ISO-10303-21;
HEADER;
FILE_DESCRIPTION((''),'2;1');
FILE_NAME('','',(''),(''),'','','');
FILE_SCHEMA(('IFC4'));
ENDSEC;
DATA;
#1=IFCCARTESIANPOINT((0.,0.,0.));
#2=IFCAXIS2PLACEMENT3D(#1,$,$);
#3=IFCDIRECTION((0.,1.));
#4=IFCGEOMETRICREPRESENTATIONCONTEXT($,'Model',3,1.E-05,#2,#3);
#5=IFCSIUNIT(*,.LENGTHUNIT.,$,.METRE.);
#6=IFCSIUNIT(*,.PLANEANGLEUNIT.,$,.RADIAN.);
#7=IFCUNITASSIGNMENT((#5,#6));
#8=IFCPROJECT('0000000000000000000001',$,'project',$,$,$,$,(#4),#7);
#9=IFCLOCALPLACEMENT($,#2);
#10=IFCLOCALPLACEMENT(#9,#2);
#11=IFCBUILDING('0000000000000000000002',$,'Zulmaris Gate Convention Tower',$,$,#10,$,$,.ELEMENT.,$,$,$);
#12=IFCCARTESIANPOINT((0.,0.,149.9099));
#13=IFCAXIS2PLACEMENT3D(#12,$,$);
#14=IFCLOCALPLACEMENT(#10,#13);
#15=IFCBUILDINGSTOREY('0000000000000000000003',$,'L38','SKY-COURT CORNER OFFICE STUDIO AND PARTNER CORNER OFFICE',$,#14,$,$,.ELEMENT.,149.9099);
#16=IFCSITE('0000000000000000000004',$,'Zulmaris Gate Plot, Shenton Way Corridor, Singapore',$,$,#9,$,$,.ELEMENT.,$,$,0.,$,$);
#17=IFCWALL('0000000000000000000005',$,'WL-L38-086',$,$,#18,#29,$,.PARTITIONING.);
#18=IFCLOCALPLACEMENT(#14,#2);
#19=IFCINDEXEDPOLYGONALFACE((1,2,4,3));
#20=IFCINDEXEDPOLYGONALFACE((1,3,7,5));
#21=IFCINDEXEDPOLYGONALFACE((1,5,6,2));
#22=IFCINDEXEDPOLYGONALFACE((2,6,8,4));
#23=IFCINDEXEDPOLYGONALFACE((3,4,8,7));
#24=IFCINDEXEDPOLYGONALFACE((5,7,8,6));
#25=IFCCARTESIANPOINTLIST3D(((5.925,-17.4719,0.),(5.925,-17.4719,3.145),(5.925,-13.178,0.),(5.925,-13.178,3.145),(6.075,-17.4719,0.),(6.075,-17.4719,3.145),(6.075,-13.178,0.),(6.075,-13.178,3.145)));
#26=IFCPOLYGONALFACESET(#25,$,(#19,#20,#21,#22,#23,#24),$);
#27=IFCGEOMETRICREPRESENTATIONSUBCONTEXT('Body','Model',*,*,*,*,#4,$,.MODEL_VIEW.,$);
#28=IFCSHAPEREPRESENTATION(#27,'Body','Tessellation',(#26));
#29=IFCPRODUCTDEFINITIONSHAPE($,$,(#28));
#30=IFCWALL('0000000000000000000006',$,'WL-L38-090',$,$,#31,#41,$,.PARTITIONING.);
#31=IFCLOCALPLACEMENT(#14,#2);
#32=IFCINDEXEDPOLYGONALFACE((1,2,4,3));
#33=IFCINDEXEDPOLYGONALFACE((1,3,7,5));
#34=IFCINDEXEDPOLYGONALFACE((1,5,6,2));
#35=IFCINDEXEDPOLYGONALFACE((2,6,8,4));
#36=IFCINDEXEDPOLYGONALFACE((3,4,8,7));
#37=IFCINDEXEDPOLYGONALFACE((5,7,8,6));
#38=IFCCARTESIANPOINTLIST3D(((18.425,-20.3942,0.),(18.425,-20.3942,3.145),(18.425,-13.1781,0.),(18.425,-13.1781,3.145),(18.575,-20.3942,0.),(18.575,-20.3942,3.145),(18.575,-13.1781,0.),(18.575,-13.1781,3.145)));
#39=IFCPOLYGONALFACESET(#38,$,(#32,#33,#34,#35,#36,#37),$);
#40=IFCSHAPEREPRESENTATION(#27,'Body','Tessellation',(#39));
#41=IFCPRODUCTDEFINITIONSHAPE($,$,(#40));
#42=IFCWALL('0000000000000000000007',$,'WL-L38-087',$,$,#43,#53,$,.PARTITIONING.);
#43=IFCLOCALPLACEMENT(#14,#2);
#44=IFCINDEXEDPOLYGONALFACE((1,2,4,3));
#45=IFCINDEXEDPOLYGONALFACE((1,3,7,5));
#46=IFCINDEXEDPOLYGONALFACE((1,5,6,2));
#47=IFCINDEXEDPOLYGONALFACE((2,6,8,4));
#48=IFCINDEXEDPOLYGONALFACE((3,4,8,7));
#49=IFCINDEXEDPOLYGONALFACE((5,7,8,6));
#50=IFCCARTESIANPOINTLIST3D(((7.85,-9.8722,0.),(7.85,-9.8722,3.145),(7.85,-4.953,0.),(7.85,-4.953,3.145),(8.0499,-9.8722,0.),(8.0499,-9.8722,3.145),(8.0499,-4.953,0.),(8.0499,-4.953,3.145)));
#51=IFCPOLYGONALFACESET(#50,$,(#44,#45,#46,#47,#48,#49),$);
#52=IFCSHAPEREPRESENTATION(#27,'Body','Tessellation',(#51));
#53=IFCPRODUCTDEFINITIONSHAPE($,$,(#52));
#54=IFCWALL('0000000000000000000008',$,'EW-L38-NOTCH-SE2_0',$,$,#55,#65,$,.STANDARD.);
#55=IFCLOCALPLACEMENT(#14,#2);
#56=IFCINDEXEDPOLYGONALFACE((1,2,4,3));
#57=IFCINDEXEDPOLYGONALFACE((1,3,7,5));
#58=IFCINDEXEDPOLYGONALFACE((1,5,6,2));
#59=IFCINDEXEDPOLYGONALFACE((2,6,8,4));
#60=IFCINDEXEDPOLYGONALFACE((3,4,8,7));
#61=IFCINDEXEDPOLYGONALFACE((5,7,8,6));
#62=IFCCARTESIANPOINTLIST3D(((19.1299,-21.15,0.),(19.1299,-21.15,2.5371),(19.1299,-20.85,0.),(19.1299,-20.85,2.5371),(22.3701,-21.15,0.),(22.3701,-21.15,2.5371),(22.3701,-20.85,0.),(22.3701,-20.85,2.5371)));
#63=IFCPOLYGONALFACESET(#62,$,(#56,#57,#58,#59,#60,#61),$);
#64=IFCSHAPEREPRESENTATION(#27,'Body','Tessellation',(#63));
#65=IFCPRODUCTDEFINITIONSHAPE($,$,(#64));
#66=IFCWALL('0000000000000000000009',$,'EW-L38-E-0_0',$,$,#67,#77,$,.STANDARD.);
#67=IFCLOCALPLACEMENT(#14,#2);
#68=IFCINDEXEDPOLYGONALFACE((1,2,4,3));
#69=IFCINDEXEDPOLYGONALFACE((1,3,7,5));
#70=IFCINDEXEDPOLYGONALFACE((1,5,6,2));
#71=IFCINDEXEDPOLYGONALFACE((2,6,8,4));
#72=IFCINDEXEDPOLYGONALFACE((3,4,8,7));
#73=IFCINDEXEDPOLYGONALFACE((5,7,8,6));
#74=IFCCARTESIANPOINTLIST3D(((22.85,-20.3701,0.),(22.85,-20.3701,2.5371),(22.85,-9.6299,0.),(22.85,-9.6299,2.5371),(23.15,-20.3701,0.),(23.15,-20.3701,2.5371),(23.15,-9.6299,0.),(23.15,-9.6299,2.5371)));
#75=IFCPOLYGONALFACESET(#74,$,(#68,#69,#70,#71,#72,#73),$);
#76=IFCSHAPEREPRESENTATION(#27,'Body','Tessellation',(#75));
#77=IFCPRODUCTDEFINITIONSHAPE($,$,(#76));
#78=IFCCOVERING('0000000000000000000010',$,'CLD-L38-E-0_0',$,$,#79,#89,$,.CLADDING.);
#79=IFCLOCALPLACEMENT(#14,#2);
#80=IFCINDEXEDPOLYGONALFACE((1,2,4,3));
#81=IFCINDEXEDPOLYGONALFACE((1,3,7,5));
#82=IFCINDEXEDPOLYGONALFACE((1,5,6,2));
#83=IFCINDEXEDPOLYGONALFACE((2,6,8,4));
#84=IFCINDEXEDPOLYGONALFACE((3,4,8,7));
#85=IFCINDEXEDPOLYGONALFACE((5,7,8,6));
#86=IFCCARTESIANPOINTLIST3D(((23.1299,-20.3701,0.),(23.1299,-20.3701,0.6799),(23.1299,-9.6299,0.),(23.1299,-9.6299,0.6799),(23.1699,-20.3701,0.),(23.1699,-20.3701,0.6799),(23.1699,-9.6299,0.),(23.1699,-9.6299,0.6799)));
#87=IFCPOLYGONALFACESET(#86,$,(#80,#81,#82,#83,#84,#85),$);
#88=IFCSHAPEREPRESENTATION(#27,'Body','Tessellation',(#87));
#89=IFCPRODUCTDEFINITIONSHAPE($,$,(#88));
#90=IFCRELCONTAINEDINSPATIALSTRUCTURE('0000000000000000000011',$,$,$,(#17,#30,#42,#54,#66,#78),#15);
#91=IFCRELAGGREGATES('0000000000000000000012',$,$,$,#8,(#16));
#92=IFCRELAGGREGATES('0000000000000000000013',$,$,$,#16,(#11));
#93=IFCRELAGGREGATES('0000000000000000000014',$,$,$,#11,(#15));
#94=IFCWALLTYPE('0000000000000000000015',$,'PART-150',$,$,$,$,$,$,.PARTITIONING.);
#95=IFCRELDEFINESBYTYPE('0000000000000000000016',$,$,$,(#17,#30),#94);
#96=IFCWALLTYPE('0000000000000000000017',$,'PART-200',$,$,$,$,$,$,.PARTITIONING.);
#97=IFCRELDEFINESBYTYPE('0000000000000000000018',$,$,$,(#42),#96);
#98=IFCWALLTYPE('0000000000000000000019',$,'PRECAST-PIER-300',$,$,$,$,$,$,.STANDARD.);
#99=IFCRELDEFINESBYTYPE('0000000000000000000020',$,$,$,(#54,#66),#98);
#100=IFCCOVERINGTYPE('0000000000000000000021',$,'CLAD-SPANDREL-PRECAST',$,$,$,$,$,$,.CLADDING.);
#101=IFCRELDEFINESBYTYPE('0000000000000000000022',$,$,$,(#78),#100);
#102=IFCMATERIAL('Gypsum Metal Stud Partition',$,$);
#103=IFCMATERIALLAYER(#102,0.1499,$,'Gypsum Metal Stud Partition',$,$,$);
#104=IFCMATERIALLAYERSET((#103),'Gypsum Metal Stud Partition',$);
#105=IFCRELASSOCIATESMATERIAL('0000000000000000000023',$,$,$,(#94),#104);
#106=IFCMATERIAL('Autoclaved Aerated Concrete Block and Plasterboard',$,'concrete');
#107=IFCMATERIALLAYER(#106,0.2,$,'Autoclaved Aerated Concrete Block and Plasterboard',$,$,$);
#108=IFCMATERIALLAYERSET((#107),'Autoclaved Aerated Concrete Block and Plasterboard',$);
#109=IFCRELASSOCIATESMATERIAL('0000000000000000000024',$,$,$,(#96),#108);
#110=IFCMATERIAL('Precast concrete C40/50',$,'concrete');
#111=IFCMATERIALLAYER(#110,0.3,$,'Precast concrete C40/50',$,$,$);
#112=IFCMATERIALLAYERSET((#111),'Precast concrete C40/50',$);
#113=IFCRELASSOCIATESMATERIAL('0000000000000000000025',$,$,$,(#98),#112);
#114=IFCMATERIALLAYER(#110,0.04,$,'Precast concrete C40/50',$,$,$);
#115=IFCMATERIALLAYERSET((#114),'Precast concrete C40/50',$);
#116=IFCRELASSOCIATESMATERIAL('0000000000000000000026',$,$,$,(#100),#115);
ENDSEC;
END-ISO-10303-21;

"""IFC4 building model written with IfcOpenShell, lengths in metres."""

from ifc_helpers import new_model, si_unit, direction, frame, frame_2d, origin, place, context, subcontext, project, spatial, rectangle, extrude, material, layer, layer_set, type_object, element, save


model = new_model("IFC4")

# Units and contexts
model_context = context("Model", 3, precision=1e-05, world=origin(), true_north=direction((0.0, 1.0)))
body_context = subcontext(model_context, "Body", "Model", "MODEL_VIEW")
ifc_project = project(units=[si_unit("LENGTHUNIT", "METRE"), si_unit("PLANEANGLEUNIT", "RADIAN")], contexts=[model_context])

# Site, building, storey
site_placement = place(None, origin())
site = spatial("IfcSite", under=ifc_project, at=site_placement, Name="Zulmaris Gate Plot, Shenton Way Corridor, Singapore", CompositionType="ELEMENT", RefElevation=0.0)
building_placement = place(site_placement, origin())
building = spatial("IfcBuilding", under=site, at=building_placement, Name="Zulmaris Gate Convention Tower", CompositionType="ELEMENT")
storey_placement = place(building_placement, frame((0.0, 0.0, 149.9099)))
storey = spatial("IfcBuildingStorey", under=building, at=storey_placement, Name="L38", Description="SKY-COURT CORNER OFFICE STUDIO AND PARTNER CORNER OFFICE", CompositionType="ELEMENT", Elevation=149.9099)

# Shared definitions
ifc_material_1 = material(Name="Gypsum Metal Stud Partition")
ifc_layer_1 = layer(ifc_material_1, 0.1499, Name="Gypsum Metal Stud Partition")
ifc_layer_set_1 = layer_set([ifc_layer_1], Name="Gypsum Metal Stud Partition")
wall_type_1 = type_object("IfcWallType", Name="PART-150", PredefinedType="PARTITIONING", material=ifc_layer_set_1)

# Walls
wall_1_placement = place(storey_placement, frame((6.0, -17.4719, 0.0), z_axis=(0.0, 0.0, 1.0), x_axis=(0.0, 1.0, 0.0)))
element("IfcWall", 1, at=wall_1_placement, inside=storey, type_object=wall_type_1, Name="WL-L38-086", PredefinedType="PARTITIONING", context=body_context, shape_type="SweptSolid", body=[
    extrude(rectangle(XDim=4.2939, YDim=0.1499, at=frame_2d((2.147, 0.0))), origin(), (0.0, 0.0, 1.0), 3.145),
])
wall_2_placement = place(storey_placement, frame((18.5, -20.394, 0.0), z_axis=(0.0, 0.0, 1.0), x_axis=(0.0, 1.0, 0.0)))
element("IfcWall", 2, at=wall_2_placement, inside=storey, type_object=wall_type_1, Name="WL-L38-090", PredefinedType="PARTITIONING", context=body_context, shape_type="SweptSolid", body=[
    extrude(rectangle(XDim=7.2161, YDim=0.1499, at=frame_2d((3.6079, 0.0))), origin(), (0.0, 0.0, 1.0), 3.145),
])

# Walls
ifc_material_2 = material(Name="Autoclaved Aerated Concrete Block and Plasterboard", Category="concrete")
ifc_layer_2 = layer(ifc_material_2, 0.2, Name="Autoclaved Aerated Concrete Block and Plasterboard")
ifc_layer_set_2 = layer_set([ifc_layer_2], Name="Autoclaved Aerated Concrete Block and Plasterboard")
wall_type_2 = type_object("IfcWallType", Name="PART-200", PredefinedType="PARTITIONING", material=ifc_layer_set_2)
wall_3_placement = place(storey_placement, frame((7.95, -9.8721, 0.0), z_axis=(0.0, 0.0, 1.0), x_axis=(0.0, 1.0, 0.0)))
element("IfcWall", 3, at=wall_3_placement, inside=storey, type_object=wall_type_2, Name="WL-L38-087", PredefinedType="PARTITIONING", context=body_context, shape_type="SweptSolid", body=[
    extrude(rectangle(XDim=4.9192, YDim=0.2, at=frame_2d((2.4595, 0.0))), origin(), (0.0, 0.0, 1.0), 3.145),
])
ifc_material_3 = material(Name="Precast concrete C40/50", Category="concrete")
ifc_layer_3 = layer(ifc_material_3, 0.3, Name="Precast concrete C40/50")
ifc_layer_set_3 = layer_set([ifc_layer_3], Name="Precast concrete C40/50")
wall_type_3 = type_object("IfcWallType", Name="PRECAST-PIER-300", PredefinedType="STANDARD", material=ifc_layer_set_3)
wall_4_placement = place(storey_placement, frame((19.1299, -21.0, 0.0), z_axis=(0.0, 0.0, 1.0), x_axis=(1.0, 0.0, 0.0)))
element("IfcWall", 4, at=wall_4_placement, inside=storey, type_object=wall_type_3, Name="EW-L38-NOTCH-SE2_0", PredefinedType="STANDARD", context=body_context, shape_type="SweptSolid", body=[
    extrude(rectangle(XDim=3.2402, YDim=0.3, at=frame_2d((1.6201, 0.0))), origin(), (0.0, 0.0, 1.0), 2.5371),
])
wall_5_placement = place(storey_placement, frame((23.0, -20.3701, 0.0), z_axis=(0.0, 0.0, 1.0), x_axis=(0.0, 1.0, 0.0)))
element("IfcWall", 5, at=wall_5_placement, inside=storey, type_object=wall_type_3, Name="EW-L38-E-0_0", PredefinedType="STANDARD", context=body_context, shape_type="SweptSolid", body=[
    extrude(rectangle(XDim=10.7402, YDim=0.3, at=frame_2d((5.3701, 0.0))), origin(), (0.0, 0.0, 1.0), 2.5371),
])

# Covering
ifc_layer_4 = layer(ifc_material_3, 0.04, Name="Precast concrete C40/50")
ifc_layer_set_4 = layer_set([ifc_layer_4], Name="Precast concrete C40/50")
covering_type = type_object("IfcCoveringType", Name="CLAD-SPANDREL-PRECAST", PredefinedType="CLADDING", material=ifc_layer_set_4)
covering_placement = place(storey_placement, frame((23.1499, -20.3701, 0.0), z_axis=(0.0, 0.0, 1.0), x_axis=(0.0, 1.0, 0.0)))
element("IfcCovering", 6, at=covering_placement, inside=storey, type_object=covering_type, Name="CLD-L38-E-0_0", PredefinedType="CLADDING", context=body_context, shape_type="SweptSolid", body=[
    extrude(rectangle(XDim=10.7402, YDim=0.04, at=frame_2d((5.3701, 0.0))), origin(), (0.0, 0.0, 1.0), 0.6799),
])

save(model, "model.ifc")
